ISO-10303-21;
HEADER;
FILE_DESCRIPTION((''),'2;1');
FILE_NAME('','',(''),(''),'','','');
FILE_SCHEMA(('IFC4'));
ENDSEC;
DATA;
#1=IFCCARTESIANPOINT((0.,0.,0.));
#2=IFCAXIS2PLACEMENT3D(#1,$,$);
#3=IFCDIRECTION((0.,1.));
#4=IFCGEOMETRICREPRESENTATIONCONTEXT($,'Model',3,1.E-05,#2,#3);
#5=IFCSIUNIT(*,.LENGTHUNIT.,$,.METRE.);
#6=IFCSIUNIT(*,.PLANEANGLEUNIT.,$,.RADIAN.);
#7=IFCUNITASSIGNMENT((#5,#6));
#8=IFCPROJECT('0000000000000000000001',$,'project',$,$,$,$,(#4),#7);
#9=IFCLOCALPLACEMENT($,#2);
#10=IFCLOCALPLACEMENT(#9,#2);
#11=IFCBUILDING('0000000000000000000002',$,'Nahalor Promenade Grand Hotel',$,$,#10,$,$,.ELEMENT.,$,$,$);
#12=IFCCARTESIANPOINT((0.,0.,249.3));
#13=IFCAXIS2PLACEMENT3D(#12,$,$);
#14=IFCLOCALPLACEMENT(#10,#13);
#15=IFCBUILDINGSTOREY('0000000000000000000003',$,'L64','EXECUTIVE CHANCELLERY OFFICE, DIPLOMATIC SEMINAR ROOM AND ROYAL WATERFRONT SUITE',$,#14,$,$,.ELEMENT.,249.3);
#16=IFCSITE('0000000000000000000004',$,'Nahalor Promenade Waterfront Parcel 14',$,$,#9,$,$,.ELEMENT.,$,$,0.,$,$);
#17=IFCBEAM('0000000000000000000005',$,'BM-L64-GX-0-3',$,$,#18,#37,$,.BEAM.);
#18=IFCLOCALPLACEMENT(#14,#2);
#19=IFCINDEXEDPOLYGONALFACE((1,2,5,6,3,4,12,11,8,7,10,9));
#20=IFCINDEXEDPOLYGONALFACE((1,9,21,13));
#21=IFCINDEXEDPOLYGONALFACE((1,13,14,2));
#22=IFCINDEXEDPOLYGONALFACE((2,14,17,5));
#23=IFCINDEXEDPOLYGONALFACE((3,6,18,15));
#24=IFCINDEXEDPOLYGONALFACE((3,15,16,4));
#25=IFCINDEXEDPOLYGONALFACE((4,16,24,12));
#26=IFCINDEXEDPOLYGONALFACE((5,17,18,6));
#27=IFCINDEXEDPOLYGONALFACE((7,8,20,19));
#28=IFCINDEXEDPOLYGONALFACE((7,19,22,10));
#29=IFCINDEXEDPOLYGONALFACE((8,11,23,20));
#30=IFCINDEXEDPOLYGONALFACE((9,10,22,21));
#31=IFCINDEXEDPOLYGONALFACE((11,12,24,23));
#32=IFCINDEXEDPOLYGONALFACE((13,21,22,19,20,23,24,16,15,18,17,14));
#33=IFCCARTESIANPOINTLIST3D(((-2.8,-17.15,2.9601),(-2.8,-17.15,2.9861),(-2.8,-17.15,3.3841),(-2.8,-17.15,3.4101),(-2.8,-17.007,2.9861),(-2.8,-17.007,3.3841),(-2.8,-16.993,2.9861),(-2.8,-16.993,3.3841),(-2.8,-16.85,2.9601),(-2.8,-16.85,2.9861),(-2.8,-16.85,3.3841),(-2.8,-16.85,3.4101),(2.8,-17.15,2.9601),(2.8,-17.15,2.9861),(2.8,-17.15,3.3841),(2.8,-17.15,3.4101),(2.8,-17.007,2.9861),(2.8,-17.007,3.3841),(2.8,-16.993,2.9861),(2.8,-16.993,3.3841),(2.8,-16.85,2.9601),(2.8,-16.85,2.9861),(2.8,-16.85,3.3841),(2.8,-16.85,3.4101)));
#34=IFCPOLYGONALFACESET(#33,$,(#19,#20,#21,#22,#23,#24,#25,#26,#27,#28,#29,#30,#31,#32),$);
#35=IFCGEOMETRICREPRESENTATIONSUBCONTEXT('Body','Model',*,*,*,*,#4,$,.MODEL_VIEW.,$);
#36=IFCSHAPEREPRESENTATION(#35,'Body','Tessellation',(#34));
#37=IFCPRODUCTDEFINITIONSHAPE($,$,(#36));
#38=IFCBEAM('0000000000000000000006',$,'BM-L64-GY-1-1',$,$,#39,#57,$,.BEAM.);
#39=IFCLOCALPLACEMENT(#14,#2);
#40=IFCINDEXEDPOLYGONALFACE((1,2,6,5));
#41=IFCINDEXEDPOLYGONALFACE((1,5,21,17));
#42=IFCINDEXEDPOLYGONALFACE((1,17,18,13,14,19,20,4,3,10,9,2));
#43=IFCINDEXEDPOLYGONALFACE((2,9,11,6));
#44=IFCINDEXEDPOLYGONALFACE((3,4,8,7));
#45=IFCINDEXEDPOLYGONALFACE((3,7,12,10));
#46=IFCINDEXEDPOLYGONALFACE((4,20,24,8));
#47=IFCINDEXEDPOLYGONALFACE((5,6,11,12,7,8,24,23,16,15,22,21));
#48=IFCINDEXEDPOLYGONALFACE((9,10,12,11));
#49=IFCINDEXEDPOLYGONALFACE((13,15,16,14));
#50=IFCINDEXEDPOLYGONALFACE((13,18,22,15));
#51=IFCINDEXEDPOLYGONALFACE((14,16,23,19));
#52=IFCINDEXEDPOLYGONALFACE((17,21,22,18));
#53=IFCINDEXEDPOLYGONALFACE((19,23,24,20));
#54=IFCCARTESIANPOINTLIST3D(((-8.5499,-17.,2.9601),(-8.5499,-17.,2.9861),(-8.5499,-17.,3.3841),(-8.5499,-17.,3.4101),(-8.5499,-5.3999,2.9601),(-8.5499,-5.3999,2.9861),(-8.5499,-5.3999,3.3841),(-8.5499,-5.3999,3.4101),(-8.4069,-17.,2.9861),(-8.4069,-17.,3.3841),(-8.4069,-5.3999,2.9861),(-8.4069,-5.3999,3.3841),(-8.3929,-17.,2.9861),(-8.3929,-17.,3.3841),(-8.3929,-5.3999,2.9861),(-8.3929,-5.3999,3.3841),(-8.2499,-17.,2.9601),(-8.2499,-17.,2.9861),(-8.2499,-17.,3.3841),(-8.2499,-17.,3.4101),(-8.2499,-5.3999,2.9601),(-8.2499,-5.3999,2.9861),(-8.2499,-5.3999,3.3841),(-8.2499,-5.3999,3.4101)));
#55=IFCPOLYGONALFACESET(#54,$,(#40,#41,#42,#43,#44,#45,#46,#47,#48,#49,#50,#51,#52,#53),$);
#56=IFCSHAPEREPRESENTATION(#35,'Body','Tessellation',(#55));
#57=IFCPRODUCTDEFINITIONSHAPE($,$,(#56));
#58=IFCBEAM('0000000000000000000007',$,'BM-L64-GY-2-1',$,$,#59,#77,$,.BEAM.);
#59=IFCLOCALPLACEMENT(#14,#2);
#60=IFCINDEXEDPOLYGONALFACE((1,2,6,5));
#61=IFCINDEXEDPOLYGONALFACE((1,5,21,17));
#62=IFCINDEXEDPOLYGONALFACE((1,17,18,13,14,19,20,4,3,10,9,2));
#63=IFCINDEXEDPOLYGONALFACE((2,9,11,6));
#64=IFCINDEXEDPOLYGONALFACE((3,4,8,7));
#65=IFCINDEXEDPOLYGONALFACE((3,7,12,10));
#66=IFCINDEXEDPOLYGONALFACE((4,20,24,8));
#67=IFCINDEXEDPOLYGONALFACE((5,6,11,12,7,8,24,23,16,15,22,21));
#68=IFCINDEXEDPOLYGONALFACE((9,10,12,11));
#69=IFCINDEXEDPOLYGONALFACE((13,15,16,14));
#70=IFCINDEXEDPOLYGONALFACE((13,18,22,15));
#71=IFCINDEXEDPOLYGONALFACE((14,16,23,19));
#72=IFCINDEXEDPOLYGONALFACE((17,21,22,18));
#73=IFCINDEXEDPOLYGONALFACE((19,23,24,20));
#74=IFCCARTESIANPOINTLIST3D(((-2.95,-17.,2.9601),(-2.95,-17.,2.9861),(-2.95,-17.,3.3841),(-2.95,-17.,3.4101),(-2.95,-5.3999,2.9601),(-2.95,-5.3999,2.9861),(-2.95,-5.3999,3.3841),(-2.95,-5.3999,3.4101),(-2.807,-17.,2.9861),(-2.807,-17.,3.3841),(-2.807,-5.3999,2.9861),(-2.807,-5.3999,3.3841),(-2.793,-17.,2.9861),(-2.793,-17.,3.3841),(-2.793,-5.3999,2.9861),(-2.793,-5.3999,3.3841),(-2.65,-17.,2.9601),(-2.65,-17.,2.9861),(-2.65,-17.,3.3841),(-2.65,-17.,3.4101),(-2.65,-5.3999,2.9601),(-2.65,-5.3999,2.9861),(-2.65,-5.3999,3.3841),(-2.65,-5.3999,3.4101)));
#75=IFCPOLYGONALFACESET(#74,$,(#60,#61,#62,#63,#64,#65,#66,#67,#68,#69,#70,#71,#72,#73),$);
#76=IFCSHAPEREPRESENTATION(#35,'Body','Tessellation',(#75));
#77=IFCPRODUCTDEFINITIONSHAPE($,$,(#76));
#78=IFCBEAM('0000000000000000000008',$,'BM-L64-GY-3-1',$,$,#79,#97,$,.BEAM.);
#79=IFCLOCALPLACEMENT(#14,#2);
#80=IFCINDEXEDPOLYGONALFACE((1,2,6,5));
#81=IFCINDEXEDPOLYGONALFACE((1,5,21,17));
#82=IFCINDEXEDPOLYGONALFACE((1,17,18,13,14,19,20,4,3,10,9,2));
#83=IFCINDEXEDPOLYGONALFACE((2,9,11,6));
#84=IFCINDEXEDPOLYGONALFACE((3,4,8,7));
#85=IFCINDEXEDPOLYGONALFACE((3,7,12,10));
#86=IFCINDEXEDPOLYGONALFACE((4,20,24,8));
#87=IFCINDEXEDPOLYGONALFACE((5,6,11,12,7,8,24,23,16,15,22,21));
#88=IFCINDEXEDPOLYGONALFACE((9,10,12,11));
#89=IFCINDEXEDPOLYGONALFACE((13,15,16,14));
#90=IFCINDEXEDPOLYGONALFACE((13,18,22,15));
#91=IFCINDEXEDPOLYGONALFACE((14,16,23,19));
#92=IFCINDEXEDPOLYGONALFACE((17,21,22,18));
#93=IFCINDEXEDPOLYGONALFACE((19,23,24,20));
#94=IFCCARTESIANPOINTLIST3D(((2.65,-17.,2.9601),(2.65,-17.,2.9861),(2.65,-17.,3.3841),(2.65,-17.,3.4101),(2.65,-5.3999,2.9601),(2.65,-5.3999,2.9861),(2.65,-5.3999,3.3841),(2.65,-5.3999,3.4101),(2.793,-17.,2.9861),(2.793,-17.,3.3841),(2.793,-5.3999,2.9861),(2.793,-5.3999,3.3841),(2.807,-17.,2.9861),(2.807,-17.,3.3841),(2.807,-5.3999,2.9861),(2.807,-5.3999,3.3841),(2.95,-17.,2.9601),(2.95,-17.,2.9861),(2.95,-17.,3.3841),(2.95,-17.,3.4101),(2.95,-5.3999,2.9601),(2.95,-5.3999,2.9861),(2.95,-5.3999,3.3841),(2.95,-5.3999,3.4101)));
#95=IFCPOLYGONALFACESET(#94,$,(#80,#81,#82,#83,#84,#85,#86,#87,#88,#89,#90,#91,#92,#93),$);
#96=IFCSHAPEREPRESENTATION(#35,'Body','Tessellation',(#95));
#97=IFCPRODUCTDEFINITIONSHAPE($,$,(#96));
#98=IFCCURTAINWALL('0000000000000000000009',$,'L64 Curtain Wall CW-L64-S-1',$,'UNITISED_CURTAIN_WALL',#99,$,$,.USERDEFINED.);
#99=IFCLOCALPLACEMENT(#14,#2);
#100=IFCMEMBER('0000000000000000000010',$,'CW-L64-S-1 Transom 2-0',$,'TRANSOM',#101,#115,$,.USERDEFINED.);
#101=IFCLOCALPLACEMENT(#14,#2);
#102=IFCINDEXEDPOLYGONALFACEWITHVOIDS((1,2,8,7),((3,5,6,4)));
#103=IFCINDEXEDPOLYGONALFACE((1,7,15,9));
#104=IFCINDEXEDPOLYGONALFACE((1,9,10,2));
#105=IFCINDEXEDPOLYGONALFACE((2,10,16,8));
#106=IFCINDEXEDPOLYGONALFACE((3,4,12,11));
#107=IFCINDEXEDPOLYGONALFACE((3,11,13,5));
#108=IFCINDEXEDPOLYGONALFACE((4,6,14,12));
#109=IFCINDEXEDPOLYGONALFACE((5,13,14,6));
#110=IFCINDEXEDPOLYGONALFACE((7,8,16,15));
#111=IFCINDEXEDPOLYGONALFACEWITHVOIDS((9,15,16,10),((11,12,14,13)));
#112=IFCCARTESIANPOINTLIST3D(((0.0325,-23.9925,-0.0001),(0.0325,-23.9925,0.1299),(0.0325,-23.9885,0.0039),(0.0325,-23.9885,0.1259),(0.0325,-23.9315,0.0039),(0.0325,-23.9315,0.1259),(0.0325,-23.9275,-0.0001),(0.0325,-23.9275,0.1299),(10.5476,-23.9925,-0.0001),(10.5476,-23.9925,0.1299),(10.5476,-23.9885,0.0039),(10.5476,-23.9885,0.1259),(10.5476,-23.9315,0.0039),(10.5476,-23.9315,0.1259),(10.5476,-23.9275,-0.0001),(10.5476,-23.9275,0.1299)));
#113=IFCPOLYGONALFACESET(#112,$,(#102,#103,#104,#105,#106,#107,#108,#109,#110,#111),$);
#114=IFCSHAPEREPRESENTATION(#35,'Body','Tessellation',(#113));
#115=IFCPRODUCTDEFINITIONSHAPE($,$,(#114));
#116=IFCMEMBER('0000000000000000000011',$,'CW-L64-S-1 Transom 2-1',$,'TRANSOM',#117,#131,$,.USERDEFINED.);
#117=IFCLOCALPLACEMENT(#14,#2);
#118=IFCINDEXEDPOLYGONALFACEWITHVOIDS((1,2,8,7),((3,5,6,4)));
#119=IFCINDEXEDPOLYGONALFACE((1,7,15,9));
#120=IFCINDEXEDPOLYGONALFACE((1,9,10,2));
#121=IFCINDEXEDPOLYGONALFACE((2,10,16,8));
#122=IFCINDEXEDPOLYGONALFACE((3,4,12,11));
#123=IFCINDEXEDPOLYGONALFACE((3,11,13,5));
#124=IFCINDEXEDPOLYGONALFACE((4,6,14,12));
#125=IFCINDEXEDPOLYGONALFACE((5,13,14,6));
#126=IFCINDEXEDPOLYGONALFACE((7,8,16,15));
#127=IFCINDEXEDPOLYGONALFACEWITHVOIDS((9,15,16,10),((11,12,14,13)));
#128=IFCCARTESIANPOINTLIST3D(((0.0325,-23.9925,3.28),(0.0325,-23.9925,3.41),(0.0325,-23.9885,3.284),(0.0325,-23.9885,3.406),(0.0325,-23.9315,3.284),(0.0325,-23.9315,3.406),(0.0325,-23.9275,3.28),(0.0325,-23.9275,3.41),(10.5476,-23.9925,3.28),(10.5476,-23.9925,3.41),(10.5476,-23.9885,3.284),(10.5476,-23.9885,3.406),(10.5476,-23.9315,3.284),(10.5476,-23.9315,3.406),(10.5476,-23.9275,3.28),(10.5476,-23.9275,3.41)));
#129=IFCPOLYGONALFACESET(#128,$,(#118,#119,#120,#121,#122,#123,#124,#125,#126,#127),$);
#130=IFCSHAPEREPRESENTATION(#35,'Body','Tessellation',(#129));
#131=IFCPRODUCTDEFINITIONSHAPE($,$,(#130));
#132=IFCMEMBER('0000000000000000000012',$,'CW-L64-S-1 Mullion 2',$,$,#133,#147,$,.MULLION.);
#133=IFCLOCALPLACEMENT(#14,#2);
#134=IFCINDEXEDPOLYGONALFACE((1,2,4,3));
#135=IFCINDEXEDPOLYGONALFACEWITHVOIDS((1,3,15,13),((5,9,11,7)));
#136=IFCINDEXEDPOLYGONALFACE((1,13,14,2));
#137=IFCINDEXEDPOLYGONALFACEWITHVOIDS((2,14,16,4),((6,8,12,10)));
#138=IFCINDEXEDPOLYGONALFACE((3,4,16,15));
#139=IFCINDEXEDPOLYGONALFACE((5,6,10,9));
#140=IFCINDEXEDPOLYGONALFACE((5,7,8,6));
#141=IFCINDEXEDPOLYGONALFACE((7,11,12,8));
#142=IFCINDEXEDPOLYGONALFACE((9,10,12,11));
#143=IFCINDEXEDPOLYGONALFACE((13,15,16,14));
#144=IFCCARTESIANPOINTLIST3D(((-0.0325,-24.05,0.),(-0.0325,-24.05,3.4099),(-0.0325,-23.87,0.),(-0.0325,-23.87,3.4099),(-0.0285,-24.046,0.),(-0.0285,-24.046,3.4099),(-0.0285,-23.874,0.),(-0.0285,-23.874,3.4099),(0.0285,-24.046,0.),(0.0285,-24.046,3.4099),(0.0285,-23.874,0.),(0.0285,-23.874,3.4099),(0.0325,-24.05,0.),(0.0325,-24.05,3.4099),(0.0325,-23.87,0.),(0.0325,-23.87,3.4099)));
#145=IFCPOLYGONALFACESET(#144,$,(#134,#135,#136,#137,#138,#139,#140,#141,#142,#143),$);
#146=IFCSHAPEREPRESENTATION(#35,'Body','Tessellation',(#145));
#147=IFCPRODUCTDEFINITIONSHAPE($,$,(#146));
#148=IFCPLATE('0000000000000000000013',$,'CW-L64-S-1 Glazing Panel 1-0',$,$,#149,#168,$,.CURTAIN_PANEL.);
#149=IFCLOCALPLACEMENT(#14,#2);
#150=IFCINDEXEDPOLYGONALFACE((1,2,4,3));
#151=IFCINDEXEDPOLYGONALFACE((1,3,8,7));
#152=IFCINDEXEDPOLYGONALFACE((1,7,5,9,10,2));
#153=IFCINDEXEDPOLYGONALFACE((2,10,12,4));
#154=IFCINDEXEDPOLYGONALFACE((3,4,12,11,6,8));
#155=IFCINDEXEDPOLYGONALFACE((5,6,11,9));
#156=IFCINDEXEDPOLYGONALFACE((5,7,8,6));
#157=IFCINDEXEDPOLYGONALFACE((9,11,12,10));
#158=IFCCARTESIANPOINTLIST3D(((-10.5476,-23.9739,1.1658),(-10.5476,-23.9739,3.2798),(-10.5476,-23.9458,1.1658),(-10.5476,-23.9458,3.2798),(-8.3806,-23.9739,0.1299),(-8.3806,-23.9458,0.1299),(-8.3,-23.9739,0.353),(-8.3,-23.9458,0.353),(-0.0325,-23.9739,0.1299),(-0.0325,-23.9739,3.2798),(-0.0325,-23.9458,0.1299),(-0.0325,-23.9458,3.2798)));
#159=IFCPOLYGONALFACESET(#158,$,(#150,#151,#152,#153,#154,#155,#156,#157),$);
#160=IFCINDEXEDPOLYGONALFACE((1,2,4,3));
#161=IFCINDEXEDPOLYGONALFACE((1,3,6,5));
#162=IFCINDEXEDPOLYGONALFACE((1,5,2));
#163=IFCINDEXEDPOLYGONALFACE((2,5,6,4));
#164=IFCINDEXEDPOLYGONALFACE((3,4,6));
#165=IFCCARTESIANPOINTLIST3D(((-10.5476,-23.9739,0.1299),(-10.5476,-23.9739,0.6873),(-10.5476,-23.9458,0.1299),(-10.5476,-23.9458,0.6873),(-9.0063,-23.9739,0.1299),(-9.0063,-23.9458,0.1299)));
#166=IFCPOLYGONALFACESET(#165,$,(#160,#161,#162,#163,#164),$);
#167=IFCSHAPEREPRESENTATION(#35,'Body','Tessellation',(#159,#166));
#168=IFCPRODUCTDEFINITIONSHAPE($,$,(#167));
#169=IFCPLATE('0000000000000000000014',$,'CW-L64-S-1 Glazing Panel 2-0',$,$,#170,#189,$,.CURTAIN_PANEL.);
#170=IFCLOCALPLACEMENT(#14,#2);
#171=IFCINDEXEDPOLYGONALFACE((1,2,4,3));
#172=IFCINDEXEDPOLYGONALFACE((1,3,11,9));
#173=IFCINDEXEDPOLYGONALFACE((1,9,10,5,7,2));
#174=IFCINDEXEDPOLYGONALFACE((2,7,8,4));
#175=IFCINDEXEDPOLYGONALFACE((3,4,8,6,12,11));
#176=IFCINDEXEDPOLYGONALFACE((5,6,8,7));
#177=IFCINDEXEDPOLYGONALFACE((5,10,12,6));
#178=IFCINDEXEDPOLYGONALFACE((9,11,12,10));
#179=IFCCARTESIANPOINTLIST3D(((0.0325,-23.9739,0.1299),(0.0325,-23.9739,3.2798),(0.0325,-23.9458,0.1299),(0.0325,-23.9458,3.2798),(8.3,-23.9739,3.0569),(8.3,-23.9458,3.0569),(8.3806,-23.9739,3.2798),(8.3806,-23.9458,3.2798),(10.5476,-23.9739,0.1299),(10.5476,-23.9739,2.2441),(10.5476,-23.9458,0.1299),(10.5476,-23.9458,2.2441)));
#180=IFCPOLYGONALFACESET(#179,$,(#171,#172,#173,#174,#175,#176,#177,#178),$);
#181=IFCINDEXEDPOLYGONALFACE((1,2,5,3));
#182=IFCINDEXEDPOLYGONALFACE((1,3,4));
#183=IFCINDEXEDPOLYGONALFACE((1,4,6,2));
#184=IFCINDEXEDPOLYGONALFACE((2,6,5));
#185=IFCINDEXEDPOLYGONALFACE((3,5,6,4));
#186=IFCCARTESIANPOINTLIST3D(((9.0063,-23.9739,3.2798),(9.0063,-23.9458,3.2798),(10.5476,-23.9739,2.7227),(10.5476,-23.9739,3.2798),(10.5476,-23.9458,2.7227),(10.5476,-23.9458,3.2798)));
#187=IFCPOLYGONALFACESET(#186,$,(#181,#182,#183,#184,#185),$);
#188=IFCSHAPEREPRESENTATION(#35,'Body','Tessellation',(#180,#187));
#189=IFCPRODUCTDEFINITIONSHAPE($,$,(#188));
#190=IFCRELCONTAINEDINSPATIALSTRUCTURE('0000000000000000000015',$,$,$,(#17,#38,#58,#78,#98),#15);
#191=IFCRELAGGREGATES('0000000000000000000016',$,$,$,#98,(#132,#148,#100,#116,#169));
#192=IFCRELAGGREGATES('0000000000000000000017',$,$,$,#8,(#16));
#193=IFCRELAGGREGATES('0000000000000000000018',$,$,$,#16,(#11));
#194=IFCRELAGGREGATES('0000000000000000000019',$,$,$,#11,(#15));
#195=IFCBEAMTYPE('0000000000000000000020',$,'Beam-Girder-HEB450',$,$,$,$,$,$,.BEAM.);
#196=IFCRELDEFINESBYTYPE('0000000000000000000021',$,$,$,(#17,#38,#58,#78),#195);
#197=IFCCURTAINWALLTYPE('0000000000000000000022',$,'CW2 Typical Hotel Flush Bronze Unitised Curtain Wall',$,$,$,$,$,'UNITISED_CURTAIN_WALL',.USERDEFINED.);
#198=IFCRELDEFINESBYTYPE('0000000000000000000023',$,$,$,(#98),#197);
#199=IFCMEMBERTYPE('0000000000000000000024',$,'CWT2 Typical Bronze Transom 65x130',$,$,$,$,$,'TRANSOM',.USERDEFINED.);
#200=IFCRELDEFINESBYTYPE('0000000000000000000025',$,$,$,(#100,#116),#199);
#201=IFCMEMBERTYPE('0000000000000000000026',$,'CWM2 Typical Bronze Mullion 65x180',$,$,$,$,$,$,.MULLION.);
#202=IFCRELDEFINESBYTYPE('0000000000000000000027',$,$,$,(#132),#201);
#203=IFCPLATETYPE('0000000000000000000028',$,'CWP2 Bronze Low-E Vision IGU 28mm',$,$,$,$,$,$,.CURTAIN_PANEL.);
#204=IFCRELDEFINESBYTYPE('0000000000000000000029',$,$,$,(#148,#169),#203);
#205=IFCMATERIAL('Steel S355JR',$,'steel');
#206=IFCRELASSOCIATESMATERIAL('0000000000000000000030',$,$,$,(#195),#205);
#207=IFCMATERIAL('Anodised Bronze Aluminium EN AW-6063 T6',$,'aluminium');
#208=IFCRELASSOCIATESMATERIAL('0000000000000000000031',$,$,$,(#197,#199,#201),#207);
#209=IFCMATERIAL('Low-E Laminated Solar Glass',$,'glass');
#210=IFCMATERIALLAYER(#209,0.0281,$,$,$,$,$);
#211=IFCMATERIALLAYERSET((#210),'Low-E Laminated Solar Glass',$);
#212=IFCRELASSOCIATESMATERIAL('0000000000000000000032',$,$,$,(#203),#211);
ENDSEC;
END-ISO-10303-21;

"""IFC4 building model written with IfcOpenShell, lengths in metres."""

from ifc_helpers import new_model, si_unit, direction, frame, origin, origin_2d, place, context, subcontext, project, spatial, polyline, hollow_rectangle, i_section, outline, extrude, source, transform, mapped, material, layer, layer_set, material_profile, profile_set, type_object, element, aggregate, save


model = new_model("IFC4")

# Units and contexts
model_context = context("Model", 3, precision=1e-05, world=origin(), true_north=direction((0.0, 1.0)))
body_context = subcontext(model_context, "Body", "Model", "MODEL_VIEW")
ifc_project = project(units=[si_unit("LENGTHUNIT", "METRE"), si_unit("PLANEANGLEUNIT", "RADIAN")], contexts=[model_context])

# Site, building, storey
site_placement = place(None, origin())
site = spatial("IfcSite", under=ifc_project, at=site_placement, Name="Nahalor Promenade Waterfront Parcel 14", CompositionType="ELEMENT", RefElevation=0.0)
building_placement = place(site_placement, origin())
building = spatial("IfcBuilding", under=site, at=building_placement, Name="Nahalor Promenade Grand Hotel", CompositionType="ELEMENT")
storey_placement = place(building_placement, frame((0.0, 0.0, 249.3)))
storey = spatial("IfcBuildingStorey", under=building, at=storey_placement, Name="L64", Description="EXECUTIVE CHANCELLERY OFFICE, DIPLOMATIC SEMINAR ROOM AND ROYAL WATERFRONT SUITE", CompositionType="ELEMENT", Elevation=249.3)

# Shared definitions
ifc_material_1 = material(Name="Steel S355JR", Category="steel")

# Beams
ifc_material_profile_1 = material_profile(ifc_material_1, i_section(OverallWidth=0.3, OverallDepth=0.45, WebThickness=0.014, FlangeThickness=0.026, at=origin_2d()), Name="HEB 450")
ifc_profile_set_1 = profile_set([ifc_material_profile_1], Name="Steel S355JR")
beam_type_1 = type_object("IfcBeamType", Name="Beam-Girder-HEB450", PredefinedType="BEAM", material=ifc_profile_set_1)
shared_shape_1 = source(origin(), body_context, "Body", "SweptSolid", [
    extrude(i_section(OverallWidth=0.3, OverallDepth=0.45, WebThickness=0.014, FlangeThickness=0.026, at=origin_2d()), origin(), (0.0, 0.0, 1.0), 5.6001),
])
beam_1_placement = place(storey_placement, frame((-2.8, -17.0, 3.1851), z_axis=(1.0, 0.0, 0.0), x_axis=(0.0, 1.0, 0.0)))
element("IfcBeam", 1, at=beam_1_placement, inside=storey, type_object=beam_type_1, Name="BM-L64-GX-0-3", PredefinedType="BEAM", context=body_context, shape_type="MappedRepresentation", body=[
    mapped(shared_shape_1, transform((0.0, 0.0, 0.0), scale=1.0)),
])
shared_shape_2 = source(origin(), body_context, "Body", "SweptSolid", [
    extrude(i_section(OverallWidth=0.3, OverallDepth=0.45, WebThickness=0.014, FlangeThickness=0.026, at=origin_2d()), origin(), (0.0, 0.0, 1.0), 11.6001),
])
for number, where, z_axis, x_axis, name in (
    (2, (-8.3999, -17.0, 3.1851), (0.0, 1.0, 0.0), (-1.0, 0.0, 0.0), "BM-L64-GY-1-1"),
    (3, (-2.8, -17.0, 3.1851), (0.0, 1.0, 0.0), (-1.0, 0.0, 0.0), "BM-L64-GY-2-1"),
    (4, (2.8, -17.0, 3.1851), (0.0, 1.0, 0.0), (-1.0, 0.0, 0.0), "BM-L64-GY-3-1"),
):
    element("IfcBeam", number, at=place(storey_placement, frame(where, z_axis=z_axis, x_axis=x_axis)), inside=storey, type_object=beam_type_1, Name=name, PredefinedType="BEAM", context=body_context, shape_type="MappedRepresentation", body=[
        mapped(shared_shape_2, transform((0.0, 0.0, 0.0), scale=1.0)),
    ])

# Curtain wall, members, plates
ifc_material_2 = material(Name="Anodised Bronze Aluminium EN AW-6063 T6", Category="aluminium")
curtain_wall_type = type_object("IfcCurtainWallType", Name="CW2 Typical Hotel Flush Bronze Unitised Curtain Wall", ElementType="UNITISED_CURTAIN_WALL", PredefinedType="USERDEFINED", material=ifc_material_2)
curtain_wall_placement = place(storey_placement, origin())
curtain_wall = element("IfcCurtainWall", 5, at=curtain_wall_placement, inside=storey, type_object=curtain_wall_type, Name="L64 Curtain Wall CW-L64-S-1", ObjectType="UNITISED_CURTAIN_WALL", PredefinedType="USERDEFINED")
ifc_material_profile_2 = material_profile(ifc_material_2, hollow_rectangle(XDim=0.065, YDim=0.13, WallThickness=0.004, at=origin_2d()), Name="CWT 65x130x4")
ifc_profile_set_2 = profile_set([ifc_material_profile_2], Name="Anodised Bronze Aluminium EN AW-6063 T6")
member_type_1 = type_object("IfcMemberType", Name="CWT2 Typical Bronze Transom 65x130", ElementType="TRANSOM", PredefinedType="USERDEFINED", material=ifc_profile_set_2)
shared_shape_3 = source(origin(), body_context, "Body", "SweptSolid", [
    extrude(hollow_rectangle(XDim=0.065, YDim=0.13, WallThickness=0.004, at=origin_2d()), origin(), (0.0, 0.0, 1.0), 10.5151),
])
member_1_placement = place(storey_placement, frame((0.0325, -23.96, 0.0649), z_axis=(1.0, 0.0, 0.0), x_axis=(0.0, 1.0, 0.0)))
member_1 = element("IfcMember", 6, at=member_1_placement, type_object=member_type_1, Name="CW-L64-S-1 Transom 2-0", ObjectType="TRANSOM", PredefinedType="USERDEFINED", context=body_context, shape_type="MappedRepresentation", body=[
    mapped(shared_shape_3, transform((0.0, 0.0, 0.0), scale=1.0)),
])
member_2_placement = place(storey_placement, frame((0.0325, -23.96, 3.345), z_axis=(1.0, 0.0, 0.0), x_axis=(0.0, 1.0, 0.0)))
member_2 = element("IfcMember", 7, at=member_2_placement, type_object=member_type_1, Name="CW-L64-S-1 Transom 2-1", ObjectType="TRANSOM", PredefinedType="USERDEFINED", context=body_context, shape_type="MappedRepresentation", body=[
    mapped(shared_shape_3, transform((0.0, 0.0, 0.0), scale=1.0)),
])
ifc_material_profile_3 = material_profile(ifc_material_2, hollow_rectangle(XDim=0.065, YDim=0.18, WallThickness=0.004, at=origin_2d()), Name="CWM 65x180x4")
ifc_profile_set_3 = profile_set([ifc_material_profile_3], Name="Anodised Bronze Aluminium EN AW-6063 T6")
member_type_2 = type_object("IfcMemberType", Name="CWM2 Typical Bronze Mullion 65x180", PredefinedType="MULLION", material=ifc_profile_set_3)
shared_shape_4 = source(origin(), body_context, "Body", "SweptSolid", [
    extrude(hollow_rectangle(XDim=0.065, YDim=0.18, WallThickness=0.004, at=origin_2d()), origin(), (0.0, 0.0, 1.0), 3.4099),
])
member_3_placement = place(storey_placement, frame((0.0, -23.96, 0.0), z_axis=(0.0, 0.0, 1.0), x_axis=(1.0, 0.0, 0.0)))
member_3 = element("IfcMember", 8, at=member_3_placement, type_object=member_type_2, Name="CW-L64-S-1 Mullion 2", PredefinedType="MULLION", context=body_context, shape_type="MappedRepresentation", body=[
    mapped(shared_shape_4, transform((0.0, 0.0, 0.0), scale=1.0)),
])
ifc_material_3 = material(Name="Low-E Laminated Solar Glass", Category="glass")
ifc_layer_1 = layer(ifc_material_3, 0.0281)
ifc_layer_set_1 = layer_set([ifc_layer_1], Name="Low-E Laminated Solar Glass")
plate_type = type_object("IfcPlateType", Name="CWP2 Bronze Low-E Vision IGU 28mm", PredefinedType="CURTAIN_PANEL", material=ifc_layer_set_1)
plate_1_placement = place(storey_placement, frame((-5.29, -23.96, 0.1299), z_axis=(0.0, 0.0, 1.0), x_axis=(1.0, 0.0, 0.0)))
plate_1 = element("IfcPlate", 9, at=plate_1_placement, type_object=plate_type, Name="CW-L64-S-1 Glazing Panel 1-0", PredefinedType="CURTAIN_PANEL", context=body_context, shape_type="SweptSolid", body=[
    extrude(outline(polyline([(5.2576, 3.1499), (-5.2576, 3.1499), (-5.2576, 1.0359), (-3.01, 0.2231), (-3.0906, 0.0), (5.2576, 0.0), (5.2576, 3.1499)])), frame((0.0, 0.0142, 0.0), z_axis=(0.0, -1.0, 0.0), x_axis=(1.0, 0.0, 0.0)), (0.0, 0.0, 1.0), 0.0281),
    extrude(outline(polyline([(-5.2576, 0.5574), (-5.2576, 0.0), (-3.7163, 0.0), (-5.2576, 0.5574)])), frame((0.0, 0.0142, 0.0), z_axis=(0.0, -1.0, 0.0), x_axis=(1.0, 0.0, 0.0)), (0.0, 0.0, 1.0), 0.0281),
])
plate_2_placement = place(storey_placement, frame((5.29, -23.96, 0.1299), z_axis=(0.0, 0.0, 1.0), x_axis=(1.0, 0.0, 0.0)))
plate_2 = element("IfcPlate", 10, at=plate_2_placement, type_object=plate_type, Name="CW-L64-S-1 Glazing Panel 2-0", PredefinedType="CURTAIN_PANEL", context=body_context, shape_type="SweptSolid", body=[
    extrude(outline(polyline([(-5.2576, 0.0), (5.2576, 0.0), (5.2576, 2.1143), (3.01, 2.927), (3.0906, 3.1499), (-5.2576, 3.1499), (-5.2576, 0.0)])), frame((0.0, 0.0142, 0.0), z_axis=(0.0, -1.0, 0.0), x_axis=(1.0, 0.0, 0.0)), (0.0, 0.0, 1.0), 0.0281),
    extrude(outline(polyline([(5.2576, 2.5928), (5.2576, 3.1499), (3.7163, 3.1499), (5.2576, 2.5928)])), frame((0.0, 0.0142, 0.0), z_axis=(0.0, -1.0, 0.0), x_axis=(1.0, 0.0, 0.0)), (0.0, 0.0, 1.0), 0.0281),
])
aggregate(curtain_wall, [member_3, plate_1, member_1, member_2, plate_2])

save(model, "model.ifc")
